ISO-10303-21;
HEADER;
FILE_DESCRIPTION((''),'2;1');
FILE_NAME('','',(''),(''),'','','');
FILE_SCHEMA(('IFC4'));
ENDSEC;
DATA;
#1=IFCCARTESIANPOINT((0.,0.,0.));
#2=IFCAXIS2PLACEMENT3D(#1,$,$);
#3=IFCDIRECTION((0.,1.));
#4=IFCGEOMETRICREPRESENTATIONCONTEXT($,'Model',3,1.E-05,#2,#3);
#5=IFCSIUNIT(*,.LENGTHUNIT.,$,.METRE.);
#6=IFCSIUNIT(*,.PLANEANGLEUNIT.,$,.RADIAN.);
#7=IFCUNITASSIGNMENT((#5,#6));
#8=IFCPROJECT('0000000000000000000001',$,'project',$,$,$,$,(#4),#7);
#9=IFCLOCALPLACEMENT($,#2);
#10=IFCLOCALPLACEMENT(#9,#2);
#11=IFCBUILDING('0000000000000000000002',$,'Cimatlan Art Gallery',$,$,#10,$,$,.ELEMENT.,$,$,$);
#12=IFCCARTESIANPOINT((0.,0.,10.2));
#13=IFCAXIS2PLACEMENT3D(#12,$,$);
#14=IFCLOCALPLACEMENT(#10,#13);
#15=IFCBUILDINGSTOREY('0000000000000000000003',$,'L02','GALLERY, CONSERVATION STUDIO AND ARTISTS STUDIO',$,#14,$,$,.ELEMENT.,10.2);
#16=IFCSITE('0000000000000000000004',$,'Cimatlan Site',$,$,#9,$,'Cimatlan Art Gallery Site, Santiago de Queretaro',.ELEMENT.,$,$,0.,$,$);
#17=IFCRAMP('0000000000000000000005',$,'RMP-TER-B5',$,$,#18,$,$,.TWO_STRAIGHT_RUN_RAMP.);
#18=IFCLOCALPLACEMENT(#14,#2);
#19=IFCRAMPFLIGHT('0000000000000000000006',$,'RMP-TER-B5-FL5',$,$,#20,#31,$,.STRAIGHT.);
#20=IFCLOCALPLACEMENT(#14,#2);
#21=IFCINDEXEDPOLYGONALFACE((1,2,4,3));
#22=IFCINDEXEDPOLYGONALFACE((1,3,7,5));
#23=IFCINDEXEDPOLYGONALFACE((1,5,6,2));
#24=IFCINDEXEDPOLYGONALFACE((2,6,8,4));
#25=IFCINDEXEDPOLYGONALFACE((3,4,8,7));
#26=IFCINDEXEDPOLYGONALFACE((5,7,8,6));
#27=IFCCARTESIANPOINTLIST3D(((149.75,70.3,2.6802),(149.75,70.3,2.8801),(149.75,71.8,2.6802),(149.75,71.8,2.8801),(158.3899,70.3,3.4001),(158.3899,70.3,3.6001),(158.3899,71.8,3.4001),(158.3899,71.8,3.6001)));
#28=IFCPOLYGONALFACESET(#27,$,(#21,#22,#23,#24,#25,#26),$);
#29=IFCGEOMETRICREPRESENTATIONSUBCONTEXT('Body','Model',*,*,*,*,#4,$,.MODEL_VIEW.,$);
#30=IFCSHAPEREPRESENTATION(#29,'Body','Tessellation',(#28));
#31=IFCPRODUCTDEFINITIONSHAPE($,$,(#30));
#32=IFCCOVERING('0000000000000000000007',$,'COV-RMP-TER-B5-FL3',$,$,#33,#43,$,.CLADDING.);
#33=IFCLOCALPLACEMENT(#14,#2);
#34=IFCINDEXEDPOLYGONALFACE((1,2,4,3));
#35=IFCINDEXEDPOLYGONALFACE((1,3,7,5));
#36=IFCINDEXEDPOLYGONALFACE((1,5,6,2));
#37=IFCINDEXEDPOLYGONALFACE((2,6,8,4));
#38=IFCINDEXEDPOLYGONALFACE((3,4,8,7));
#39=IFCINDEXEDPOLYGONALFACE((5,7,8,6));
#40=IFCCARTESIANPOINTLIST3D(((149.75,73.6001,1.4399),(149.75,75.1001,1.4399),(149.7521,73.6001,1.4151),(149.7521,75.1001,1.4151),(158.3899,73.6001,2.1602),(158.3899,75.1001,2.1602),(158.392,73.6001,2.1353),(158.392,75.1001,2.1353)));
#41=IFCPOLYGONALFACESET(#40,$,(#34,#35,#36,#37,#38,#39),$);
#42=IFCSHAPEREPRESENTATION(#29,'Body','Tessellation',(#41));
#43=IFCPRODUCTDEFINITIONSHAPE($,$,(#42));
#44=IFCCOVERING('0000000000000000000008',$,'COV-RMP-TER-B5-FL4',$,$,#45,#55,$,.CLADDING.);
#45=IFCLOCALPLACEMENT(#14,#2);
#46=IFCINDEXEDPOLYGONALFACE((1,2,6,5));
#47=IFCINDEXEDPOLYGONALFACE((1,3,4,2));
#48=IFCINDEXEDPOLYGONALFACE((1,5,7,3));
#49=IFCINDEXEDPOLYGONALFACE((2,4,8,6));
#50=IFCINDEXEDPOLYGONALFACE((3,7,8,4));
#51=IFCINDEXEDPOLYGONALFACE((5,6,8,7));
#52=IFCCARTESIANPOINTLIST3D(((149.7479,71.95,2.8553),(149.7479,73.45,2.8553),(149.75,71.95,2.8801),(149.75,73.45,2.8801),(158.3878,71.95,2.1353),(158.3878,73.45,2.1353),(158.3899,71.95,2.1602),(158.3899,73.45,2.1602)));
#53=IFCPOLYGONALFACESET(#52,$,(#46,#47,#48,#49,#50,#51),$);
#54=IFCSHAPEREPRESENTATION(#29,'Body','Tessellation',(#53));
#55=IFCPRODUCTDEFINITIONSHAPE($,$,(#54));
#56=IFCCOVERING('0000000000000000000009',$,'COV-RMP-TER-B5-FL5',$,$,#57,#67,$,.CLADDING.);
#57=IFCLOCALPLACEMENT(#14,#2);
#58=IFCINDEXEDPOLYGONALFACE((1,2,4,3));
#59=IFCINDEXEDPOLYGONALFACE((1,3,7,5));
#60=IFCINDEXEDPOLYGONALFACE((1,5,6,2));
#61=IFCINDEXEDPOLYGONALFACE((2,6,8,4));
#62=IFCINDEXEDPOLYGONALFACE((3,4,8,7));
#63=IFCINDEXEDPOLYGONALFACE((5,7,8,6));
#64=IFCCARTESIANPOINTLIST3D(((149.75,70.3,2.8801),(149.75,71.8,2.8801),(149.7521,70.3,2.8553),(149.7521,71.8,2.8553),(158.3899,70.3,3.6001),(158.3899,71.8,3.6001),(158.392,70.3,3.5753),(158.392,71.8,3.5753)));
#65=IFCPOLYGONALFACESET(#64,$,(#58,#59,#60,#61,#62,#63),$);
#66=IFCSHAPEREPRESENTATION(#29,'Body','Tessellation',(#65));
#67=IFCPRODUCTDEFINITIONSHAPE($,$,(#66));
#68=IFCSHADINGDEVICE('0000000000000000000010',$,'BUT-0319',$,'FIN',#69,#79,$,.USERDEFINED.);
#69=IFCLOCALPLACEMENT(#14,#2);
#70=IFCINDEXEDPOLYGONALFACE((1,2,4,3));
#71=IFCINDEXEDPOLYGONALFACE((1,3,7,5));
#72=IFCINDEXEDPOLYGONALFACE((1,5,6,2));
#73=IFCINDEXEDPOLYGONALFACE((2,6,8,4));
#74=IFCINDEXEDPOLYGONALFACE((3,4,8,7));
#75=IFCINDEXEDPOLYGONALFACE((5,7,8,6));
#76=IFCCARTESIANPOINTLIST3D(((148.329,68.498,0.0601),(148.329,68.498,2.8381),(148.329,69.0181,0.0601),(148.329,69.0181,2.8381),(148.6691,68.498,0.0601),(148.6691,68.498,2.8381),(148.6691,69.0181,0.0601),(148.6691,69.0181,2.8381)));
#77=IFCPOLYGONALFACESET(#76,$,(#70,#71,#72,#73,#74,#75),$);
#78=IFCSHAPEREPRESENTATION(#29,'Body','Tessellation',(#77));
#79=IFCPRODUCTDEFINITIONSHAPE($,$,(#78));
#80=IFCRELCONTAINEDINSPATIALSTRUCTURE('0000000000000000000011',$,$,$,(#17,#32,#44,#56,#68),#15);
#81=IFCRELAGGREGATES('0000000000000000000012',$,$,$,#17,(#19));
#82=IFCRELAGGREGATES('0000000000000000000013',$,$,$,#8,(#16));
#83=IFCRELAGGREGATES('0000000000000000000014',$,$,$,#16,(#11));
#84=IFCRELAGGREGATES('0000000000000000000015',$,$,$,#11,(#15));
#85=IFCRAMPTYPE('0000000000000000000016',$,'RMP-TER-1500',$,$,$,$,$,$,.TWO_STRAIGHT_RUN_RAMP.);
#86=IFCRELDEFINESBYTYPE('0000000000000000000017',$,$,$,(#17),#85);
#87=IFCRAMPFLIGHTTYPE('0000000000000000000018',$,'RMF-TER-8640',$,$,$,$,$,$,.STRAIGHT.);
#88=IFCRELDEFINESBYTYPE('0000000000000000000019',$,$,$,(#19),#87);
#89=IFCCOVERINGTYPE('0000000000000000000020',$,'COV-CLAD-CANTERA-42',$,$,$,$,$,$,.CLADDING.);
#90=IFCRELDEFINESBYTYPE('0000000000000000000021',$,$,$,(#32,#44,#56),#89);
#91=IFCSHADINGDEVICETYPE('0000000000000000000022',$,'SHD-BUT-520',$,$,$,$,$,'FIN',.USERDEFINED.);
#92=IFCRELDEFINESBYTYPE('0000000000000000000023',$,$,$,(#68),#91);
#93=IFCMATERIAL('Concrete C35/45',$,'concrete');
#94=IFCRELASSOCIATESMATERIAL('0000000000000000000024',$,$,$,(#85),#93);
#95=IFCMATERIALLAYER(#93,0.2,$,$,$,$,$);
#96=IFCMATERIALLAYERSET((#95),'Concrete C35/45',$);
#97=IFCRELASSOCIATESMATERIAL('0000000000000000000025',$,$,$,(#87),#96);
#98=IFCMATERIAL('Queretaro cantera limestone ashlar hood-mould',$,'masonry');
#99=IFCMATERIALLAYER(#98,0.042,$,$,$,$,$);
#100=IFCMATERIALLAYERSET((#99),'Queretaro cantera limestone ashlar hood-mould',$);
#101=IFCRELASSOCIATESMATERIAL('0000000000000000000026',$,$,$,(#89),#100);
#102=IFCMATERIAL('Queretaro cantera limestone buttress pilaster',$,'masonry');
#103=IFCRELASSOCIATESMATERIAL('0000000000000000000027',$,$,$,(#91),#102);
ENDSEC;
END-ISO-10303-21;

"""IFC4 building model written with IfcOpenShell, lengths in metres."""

from ifc_helpers import new_model, si_unit, direction, frame, origin, origin_2d, place, context, subcontext, project, spatial, polyline, rectangle, outline, extrude, material, layer, layer_set, type_object, element, aggregate, save


model = new_model("IFC4")

# Units and contexts
model_context = context("Model", 3, precision=1e-05, world=origin(), true_north=direction((0.0, 1.0)))
body_context = subcontext(model_context, "Body", "Model", "MODEL_VIEW")
ifc_project = project(units=[si_unit("LENGTHUNIT", "METRE"), si_unit("PLANEANGLEUNIT", "RADIAN")], contexts=[model_context])

# Site, building, storey
site_placement = place(None, origin())
site = spatial("IfcSite", under=ifc_project, at=site_placement, Name="Cimatlan Site", LongName="Cimatlan Art Gallery Site, Santiago de Queretaro", CompositionType="ELEMENT", RefElevation=0.0)
building_placement = place(site_placement, origin())
building = spatial("IfcBuilding", under=site, at=building_placement, Name="Cimatlan Art Gallery", CompositionType="ELEMENT")
storey_placement = place(building_placement, frame((0.0, 0.0, 10.2)))
storey = spatial("IfcBuildingStorey", under=building, at=storey_placement, Name="L02", Description="GALLERY, CONSERVATION STUDIO AND ARTISTS STUDIO", CompositionType="ELEMENT", Elevation=10.2)

# Ramp, ramp flight
ifc_material_1 = material(Name="Concrete C35/45", Category="concrete")
ramp_type = type_object("IfcRampType", Name="RMP-TER-1500", PredefinedType="TWO_STRAIGHT_RUN_RAMP", material=ifc_material_1)
ramp_placement = place(storey_placement, origin())
ramp = element("IfcRamp", 1, at=ramp_placement, inside=storey, type_object=ramp_type, Name="RMP-TER-B5", PredefinedType="TWO_STRAIGHT_RUN_RAMP")
ifc_layer_1 = layer(ifc_material_1, 0.2)
ifc_layer_set_1 = layer_set([ifc_layer_1], Name="Concrete C35/45")
ramp_flight_type = type_object("IfcRampFlightType", Name="RMF-TER-8640", PredefinedType="STRAIGHT", material=ifc_layer_set_1)
ramp_flight_placement = place(storey_placement, frame((149.75, 71.05, 2.8801), z_axis=(0.0, 0.0, 1.0), x_axis=(1.0, 0.0, 0.0)))
ramp_flight = element("IfcRampFlight", 2, at=ramp_flight_placement, type_object=ramp_flight_type, Name="RMP-TER-B5-FL5", PredefinedType="STRAIGHT", context=body_context, shape_type="SweptSolid", body=[
    extrude(outline(polyline([(0.0, 0.0), (8.6399, 0.72), (8.6399, 0.52), (0.0, -0.2), (0.0, 0.0)])), frame((0.0, 0.75, 0.0), z_axis=(0.0, -1.0, 0.0), x_axis=(1.0, 0.0, 0.0)), (0.0, 0.0, 1.0), 1.5),
])
aggregate(ramp, [ramp_flight])

# Coverings
ifc_material_2 = material(Name="Queretaro cantera limestone ashlar hood-mould", Category="masonry")
ifc_layer_2 = layer(ifc_material_2, 0.042)
ifc_layer_set_2 = layer_set([ifc_layer_2], Name="Queretaro cantera limestone ashlar hood-mould")
covering_type = type_object("IfcCoveringType", Name="COV-CLAD-CANTERA-42", PredefinedType="CLADDING", material=ifc_layer_set_2)
covering_placement = place(storey_placement, frame((149.75, 73.6001, 1.4399), z_axis=(-0.083071, 0.0, 0.996544), x_axis=(0.996544, 0.0, 0.083071)))
element("IfcCovering", 3, at=covering_placement, inside=storey, type_object=covering_type, Name="COV-RMP-TER-B5-FL3", PredefinedType="CLADDING", context=body_context, shape_type="SweptSolid", body=[
    extrude(outline(polyline([(0.0, 0.0), (8.6699, 0.0), (8.6699, 1.5), (0.0, 1.5), (0.0, 0.0)])), origin(), (0.0, 0.0, -1.0), 0.0249),
])
for number, where, z_axis, x_axis, name in (
    (4, (149.75, 71.95, 2.8801), (0.083043, 0.0, 0.996546), (0.996546, 0.0, -0.083043), "COV-RMP-TER-B5-FL4"),
    (5, (149.75, 70.3, 2.8801), (-0.083043, 0.0, 0.996546), (0.996546, 0.0, 0.083043), "COV-RMP-TER-B5-FL5"),
):
    element("IfcCovering", number, at=place(storey_placement, frame(where, z_axis=z_axis, x_axis=x_axis)), inside=storey, type_object=covering_type, Name=name, PredefinedType="CLADDING", context=body_context, shape_type="SweptSolid", body=[
        extrude(outline(polyline([(0.0, 0.0), (8.6698, 0.0), (8.6698, 1.5), (0.0, 1.5), (0.0, 0.0)])), origin(), (0.0, 0.0, -1.0), 0.0249),
    ])

# Shading device
ifc_material_3 = material(Name="Queretaro cantera limestone buttress pilaster", Category="masonry")
shading_device_type = type_object("IfcShadingDeviceType", Name="SHD-BUT-520", ElementType="FIN", PredefinedType="USERDEFINED", material=ifc_material_3)
shading_device_placement = place(storey_placement, frame((148.499, 68.7581, 0.0601), z_axis=(0.0, 0.0, 1.0), x_axis=(1.0, 0.0, 0.0)))
element("IfcShadingDevice", 6, at=shading_device_placement, inside=storey, type_object=shading_device_type, Name="BUT-0319", ObjectType="FIN", PredefinedType="USERDEFINED", context=body_context, shape_type="SweptSolid", body=[
    extrude(rectangle(XDim=0.3401, YDim=0.52, at=origin_2d()), origin(), (0.0, 0.0, 1.0), 2.7781),
])

save(model, "model.ifc")
